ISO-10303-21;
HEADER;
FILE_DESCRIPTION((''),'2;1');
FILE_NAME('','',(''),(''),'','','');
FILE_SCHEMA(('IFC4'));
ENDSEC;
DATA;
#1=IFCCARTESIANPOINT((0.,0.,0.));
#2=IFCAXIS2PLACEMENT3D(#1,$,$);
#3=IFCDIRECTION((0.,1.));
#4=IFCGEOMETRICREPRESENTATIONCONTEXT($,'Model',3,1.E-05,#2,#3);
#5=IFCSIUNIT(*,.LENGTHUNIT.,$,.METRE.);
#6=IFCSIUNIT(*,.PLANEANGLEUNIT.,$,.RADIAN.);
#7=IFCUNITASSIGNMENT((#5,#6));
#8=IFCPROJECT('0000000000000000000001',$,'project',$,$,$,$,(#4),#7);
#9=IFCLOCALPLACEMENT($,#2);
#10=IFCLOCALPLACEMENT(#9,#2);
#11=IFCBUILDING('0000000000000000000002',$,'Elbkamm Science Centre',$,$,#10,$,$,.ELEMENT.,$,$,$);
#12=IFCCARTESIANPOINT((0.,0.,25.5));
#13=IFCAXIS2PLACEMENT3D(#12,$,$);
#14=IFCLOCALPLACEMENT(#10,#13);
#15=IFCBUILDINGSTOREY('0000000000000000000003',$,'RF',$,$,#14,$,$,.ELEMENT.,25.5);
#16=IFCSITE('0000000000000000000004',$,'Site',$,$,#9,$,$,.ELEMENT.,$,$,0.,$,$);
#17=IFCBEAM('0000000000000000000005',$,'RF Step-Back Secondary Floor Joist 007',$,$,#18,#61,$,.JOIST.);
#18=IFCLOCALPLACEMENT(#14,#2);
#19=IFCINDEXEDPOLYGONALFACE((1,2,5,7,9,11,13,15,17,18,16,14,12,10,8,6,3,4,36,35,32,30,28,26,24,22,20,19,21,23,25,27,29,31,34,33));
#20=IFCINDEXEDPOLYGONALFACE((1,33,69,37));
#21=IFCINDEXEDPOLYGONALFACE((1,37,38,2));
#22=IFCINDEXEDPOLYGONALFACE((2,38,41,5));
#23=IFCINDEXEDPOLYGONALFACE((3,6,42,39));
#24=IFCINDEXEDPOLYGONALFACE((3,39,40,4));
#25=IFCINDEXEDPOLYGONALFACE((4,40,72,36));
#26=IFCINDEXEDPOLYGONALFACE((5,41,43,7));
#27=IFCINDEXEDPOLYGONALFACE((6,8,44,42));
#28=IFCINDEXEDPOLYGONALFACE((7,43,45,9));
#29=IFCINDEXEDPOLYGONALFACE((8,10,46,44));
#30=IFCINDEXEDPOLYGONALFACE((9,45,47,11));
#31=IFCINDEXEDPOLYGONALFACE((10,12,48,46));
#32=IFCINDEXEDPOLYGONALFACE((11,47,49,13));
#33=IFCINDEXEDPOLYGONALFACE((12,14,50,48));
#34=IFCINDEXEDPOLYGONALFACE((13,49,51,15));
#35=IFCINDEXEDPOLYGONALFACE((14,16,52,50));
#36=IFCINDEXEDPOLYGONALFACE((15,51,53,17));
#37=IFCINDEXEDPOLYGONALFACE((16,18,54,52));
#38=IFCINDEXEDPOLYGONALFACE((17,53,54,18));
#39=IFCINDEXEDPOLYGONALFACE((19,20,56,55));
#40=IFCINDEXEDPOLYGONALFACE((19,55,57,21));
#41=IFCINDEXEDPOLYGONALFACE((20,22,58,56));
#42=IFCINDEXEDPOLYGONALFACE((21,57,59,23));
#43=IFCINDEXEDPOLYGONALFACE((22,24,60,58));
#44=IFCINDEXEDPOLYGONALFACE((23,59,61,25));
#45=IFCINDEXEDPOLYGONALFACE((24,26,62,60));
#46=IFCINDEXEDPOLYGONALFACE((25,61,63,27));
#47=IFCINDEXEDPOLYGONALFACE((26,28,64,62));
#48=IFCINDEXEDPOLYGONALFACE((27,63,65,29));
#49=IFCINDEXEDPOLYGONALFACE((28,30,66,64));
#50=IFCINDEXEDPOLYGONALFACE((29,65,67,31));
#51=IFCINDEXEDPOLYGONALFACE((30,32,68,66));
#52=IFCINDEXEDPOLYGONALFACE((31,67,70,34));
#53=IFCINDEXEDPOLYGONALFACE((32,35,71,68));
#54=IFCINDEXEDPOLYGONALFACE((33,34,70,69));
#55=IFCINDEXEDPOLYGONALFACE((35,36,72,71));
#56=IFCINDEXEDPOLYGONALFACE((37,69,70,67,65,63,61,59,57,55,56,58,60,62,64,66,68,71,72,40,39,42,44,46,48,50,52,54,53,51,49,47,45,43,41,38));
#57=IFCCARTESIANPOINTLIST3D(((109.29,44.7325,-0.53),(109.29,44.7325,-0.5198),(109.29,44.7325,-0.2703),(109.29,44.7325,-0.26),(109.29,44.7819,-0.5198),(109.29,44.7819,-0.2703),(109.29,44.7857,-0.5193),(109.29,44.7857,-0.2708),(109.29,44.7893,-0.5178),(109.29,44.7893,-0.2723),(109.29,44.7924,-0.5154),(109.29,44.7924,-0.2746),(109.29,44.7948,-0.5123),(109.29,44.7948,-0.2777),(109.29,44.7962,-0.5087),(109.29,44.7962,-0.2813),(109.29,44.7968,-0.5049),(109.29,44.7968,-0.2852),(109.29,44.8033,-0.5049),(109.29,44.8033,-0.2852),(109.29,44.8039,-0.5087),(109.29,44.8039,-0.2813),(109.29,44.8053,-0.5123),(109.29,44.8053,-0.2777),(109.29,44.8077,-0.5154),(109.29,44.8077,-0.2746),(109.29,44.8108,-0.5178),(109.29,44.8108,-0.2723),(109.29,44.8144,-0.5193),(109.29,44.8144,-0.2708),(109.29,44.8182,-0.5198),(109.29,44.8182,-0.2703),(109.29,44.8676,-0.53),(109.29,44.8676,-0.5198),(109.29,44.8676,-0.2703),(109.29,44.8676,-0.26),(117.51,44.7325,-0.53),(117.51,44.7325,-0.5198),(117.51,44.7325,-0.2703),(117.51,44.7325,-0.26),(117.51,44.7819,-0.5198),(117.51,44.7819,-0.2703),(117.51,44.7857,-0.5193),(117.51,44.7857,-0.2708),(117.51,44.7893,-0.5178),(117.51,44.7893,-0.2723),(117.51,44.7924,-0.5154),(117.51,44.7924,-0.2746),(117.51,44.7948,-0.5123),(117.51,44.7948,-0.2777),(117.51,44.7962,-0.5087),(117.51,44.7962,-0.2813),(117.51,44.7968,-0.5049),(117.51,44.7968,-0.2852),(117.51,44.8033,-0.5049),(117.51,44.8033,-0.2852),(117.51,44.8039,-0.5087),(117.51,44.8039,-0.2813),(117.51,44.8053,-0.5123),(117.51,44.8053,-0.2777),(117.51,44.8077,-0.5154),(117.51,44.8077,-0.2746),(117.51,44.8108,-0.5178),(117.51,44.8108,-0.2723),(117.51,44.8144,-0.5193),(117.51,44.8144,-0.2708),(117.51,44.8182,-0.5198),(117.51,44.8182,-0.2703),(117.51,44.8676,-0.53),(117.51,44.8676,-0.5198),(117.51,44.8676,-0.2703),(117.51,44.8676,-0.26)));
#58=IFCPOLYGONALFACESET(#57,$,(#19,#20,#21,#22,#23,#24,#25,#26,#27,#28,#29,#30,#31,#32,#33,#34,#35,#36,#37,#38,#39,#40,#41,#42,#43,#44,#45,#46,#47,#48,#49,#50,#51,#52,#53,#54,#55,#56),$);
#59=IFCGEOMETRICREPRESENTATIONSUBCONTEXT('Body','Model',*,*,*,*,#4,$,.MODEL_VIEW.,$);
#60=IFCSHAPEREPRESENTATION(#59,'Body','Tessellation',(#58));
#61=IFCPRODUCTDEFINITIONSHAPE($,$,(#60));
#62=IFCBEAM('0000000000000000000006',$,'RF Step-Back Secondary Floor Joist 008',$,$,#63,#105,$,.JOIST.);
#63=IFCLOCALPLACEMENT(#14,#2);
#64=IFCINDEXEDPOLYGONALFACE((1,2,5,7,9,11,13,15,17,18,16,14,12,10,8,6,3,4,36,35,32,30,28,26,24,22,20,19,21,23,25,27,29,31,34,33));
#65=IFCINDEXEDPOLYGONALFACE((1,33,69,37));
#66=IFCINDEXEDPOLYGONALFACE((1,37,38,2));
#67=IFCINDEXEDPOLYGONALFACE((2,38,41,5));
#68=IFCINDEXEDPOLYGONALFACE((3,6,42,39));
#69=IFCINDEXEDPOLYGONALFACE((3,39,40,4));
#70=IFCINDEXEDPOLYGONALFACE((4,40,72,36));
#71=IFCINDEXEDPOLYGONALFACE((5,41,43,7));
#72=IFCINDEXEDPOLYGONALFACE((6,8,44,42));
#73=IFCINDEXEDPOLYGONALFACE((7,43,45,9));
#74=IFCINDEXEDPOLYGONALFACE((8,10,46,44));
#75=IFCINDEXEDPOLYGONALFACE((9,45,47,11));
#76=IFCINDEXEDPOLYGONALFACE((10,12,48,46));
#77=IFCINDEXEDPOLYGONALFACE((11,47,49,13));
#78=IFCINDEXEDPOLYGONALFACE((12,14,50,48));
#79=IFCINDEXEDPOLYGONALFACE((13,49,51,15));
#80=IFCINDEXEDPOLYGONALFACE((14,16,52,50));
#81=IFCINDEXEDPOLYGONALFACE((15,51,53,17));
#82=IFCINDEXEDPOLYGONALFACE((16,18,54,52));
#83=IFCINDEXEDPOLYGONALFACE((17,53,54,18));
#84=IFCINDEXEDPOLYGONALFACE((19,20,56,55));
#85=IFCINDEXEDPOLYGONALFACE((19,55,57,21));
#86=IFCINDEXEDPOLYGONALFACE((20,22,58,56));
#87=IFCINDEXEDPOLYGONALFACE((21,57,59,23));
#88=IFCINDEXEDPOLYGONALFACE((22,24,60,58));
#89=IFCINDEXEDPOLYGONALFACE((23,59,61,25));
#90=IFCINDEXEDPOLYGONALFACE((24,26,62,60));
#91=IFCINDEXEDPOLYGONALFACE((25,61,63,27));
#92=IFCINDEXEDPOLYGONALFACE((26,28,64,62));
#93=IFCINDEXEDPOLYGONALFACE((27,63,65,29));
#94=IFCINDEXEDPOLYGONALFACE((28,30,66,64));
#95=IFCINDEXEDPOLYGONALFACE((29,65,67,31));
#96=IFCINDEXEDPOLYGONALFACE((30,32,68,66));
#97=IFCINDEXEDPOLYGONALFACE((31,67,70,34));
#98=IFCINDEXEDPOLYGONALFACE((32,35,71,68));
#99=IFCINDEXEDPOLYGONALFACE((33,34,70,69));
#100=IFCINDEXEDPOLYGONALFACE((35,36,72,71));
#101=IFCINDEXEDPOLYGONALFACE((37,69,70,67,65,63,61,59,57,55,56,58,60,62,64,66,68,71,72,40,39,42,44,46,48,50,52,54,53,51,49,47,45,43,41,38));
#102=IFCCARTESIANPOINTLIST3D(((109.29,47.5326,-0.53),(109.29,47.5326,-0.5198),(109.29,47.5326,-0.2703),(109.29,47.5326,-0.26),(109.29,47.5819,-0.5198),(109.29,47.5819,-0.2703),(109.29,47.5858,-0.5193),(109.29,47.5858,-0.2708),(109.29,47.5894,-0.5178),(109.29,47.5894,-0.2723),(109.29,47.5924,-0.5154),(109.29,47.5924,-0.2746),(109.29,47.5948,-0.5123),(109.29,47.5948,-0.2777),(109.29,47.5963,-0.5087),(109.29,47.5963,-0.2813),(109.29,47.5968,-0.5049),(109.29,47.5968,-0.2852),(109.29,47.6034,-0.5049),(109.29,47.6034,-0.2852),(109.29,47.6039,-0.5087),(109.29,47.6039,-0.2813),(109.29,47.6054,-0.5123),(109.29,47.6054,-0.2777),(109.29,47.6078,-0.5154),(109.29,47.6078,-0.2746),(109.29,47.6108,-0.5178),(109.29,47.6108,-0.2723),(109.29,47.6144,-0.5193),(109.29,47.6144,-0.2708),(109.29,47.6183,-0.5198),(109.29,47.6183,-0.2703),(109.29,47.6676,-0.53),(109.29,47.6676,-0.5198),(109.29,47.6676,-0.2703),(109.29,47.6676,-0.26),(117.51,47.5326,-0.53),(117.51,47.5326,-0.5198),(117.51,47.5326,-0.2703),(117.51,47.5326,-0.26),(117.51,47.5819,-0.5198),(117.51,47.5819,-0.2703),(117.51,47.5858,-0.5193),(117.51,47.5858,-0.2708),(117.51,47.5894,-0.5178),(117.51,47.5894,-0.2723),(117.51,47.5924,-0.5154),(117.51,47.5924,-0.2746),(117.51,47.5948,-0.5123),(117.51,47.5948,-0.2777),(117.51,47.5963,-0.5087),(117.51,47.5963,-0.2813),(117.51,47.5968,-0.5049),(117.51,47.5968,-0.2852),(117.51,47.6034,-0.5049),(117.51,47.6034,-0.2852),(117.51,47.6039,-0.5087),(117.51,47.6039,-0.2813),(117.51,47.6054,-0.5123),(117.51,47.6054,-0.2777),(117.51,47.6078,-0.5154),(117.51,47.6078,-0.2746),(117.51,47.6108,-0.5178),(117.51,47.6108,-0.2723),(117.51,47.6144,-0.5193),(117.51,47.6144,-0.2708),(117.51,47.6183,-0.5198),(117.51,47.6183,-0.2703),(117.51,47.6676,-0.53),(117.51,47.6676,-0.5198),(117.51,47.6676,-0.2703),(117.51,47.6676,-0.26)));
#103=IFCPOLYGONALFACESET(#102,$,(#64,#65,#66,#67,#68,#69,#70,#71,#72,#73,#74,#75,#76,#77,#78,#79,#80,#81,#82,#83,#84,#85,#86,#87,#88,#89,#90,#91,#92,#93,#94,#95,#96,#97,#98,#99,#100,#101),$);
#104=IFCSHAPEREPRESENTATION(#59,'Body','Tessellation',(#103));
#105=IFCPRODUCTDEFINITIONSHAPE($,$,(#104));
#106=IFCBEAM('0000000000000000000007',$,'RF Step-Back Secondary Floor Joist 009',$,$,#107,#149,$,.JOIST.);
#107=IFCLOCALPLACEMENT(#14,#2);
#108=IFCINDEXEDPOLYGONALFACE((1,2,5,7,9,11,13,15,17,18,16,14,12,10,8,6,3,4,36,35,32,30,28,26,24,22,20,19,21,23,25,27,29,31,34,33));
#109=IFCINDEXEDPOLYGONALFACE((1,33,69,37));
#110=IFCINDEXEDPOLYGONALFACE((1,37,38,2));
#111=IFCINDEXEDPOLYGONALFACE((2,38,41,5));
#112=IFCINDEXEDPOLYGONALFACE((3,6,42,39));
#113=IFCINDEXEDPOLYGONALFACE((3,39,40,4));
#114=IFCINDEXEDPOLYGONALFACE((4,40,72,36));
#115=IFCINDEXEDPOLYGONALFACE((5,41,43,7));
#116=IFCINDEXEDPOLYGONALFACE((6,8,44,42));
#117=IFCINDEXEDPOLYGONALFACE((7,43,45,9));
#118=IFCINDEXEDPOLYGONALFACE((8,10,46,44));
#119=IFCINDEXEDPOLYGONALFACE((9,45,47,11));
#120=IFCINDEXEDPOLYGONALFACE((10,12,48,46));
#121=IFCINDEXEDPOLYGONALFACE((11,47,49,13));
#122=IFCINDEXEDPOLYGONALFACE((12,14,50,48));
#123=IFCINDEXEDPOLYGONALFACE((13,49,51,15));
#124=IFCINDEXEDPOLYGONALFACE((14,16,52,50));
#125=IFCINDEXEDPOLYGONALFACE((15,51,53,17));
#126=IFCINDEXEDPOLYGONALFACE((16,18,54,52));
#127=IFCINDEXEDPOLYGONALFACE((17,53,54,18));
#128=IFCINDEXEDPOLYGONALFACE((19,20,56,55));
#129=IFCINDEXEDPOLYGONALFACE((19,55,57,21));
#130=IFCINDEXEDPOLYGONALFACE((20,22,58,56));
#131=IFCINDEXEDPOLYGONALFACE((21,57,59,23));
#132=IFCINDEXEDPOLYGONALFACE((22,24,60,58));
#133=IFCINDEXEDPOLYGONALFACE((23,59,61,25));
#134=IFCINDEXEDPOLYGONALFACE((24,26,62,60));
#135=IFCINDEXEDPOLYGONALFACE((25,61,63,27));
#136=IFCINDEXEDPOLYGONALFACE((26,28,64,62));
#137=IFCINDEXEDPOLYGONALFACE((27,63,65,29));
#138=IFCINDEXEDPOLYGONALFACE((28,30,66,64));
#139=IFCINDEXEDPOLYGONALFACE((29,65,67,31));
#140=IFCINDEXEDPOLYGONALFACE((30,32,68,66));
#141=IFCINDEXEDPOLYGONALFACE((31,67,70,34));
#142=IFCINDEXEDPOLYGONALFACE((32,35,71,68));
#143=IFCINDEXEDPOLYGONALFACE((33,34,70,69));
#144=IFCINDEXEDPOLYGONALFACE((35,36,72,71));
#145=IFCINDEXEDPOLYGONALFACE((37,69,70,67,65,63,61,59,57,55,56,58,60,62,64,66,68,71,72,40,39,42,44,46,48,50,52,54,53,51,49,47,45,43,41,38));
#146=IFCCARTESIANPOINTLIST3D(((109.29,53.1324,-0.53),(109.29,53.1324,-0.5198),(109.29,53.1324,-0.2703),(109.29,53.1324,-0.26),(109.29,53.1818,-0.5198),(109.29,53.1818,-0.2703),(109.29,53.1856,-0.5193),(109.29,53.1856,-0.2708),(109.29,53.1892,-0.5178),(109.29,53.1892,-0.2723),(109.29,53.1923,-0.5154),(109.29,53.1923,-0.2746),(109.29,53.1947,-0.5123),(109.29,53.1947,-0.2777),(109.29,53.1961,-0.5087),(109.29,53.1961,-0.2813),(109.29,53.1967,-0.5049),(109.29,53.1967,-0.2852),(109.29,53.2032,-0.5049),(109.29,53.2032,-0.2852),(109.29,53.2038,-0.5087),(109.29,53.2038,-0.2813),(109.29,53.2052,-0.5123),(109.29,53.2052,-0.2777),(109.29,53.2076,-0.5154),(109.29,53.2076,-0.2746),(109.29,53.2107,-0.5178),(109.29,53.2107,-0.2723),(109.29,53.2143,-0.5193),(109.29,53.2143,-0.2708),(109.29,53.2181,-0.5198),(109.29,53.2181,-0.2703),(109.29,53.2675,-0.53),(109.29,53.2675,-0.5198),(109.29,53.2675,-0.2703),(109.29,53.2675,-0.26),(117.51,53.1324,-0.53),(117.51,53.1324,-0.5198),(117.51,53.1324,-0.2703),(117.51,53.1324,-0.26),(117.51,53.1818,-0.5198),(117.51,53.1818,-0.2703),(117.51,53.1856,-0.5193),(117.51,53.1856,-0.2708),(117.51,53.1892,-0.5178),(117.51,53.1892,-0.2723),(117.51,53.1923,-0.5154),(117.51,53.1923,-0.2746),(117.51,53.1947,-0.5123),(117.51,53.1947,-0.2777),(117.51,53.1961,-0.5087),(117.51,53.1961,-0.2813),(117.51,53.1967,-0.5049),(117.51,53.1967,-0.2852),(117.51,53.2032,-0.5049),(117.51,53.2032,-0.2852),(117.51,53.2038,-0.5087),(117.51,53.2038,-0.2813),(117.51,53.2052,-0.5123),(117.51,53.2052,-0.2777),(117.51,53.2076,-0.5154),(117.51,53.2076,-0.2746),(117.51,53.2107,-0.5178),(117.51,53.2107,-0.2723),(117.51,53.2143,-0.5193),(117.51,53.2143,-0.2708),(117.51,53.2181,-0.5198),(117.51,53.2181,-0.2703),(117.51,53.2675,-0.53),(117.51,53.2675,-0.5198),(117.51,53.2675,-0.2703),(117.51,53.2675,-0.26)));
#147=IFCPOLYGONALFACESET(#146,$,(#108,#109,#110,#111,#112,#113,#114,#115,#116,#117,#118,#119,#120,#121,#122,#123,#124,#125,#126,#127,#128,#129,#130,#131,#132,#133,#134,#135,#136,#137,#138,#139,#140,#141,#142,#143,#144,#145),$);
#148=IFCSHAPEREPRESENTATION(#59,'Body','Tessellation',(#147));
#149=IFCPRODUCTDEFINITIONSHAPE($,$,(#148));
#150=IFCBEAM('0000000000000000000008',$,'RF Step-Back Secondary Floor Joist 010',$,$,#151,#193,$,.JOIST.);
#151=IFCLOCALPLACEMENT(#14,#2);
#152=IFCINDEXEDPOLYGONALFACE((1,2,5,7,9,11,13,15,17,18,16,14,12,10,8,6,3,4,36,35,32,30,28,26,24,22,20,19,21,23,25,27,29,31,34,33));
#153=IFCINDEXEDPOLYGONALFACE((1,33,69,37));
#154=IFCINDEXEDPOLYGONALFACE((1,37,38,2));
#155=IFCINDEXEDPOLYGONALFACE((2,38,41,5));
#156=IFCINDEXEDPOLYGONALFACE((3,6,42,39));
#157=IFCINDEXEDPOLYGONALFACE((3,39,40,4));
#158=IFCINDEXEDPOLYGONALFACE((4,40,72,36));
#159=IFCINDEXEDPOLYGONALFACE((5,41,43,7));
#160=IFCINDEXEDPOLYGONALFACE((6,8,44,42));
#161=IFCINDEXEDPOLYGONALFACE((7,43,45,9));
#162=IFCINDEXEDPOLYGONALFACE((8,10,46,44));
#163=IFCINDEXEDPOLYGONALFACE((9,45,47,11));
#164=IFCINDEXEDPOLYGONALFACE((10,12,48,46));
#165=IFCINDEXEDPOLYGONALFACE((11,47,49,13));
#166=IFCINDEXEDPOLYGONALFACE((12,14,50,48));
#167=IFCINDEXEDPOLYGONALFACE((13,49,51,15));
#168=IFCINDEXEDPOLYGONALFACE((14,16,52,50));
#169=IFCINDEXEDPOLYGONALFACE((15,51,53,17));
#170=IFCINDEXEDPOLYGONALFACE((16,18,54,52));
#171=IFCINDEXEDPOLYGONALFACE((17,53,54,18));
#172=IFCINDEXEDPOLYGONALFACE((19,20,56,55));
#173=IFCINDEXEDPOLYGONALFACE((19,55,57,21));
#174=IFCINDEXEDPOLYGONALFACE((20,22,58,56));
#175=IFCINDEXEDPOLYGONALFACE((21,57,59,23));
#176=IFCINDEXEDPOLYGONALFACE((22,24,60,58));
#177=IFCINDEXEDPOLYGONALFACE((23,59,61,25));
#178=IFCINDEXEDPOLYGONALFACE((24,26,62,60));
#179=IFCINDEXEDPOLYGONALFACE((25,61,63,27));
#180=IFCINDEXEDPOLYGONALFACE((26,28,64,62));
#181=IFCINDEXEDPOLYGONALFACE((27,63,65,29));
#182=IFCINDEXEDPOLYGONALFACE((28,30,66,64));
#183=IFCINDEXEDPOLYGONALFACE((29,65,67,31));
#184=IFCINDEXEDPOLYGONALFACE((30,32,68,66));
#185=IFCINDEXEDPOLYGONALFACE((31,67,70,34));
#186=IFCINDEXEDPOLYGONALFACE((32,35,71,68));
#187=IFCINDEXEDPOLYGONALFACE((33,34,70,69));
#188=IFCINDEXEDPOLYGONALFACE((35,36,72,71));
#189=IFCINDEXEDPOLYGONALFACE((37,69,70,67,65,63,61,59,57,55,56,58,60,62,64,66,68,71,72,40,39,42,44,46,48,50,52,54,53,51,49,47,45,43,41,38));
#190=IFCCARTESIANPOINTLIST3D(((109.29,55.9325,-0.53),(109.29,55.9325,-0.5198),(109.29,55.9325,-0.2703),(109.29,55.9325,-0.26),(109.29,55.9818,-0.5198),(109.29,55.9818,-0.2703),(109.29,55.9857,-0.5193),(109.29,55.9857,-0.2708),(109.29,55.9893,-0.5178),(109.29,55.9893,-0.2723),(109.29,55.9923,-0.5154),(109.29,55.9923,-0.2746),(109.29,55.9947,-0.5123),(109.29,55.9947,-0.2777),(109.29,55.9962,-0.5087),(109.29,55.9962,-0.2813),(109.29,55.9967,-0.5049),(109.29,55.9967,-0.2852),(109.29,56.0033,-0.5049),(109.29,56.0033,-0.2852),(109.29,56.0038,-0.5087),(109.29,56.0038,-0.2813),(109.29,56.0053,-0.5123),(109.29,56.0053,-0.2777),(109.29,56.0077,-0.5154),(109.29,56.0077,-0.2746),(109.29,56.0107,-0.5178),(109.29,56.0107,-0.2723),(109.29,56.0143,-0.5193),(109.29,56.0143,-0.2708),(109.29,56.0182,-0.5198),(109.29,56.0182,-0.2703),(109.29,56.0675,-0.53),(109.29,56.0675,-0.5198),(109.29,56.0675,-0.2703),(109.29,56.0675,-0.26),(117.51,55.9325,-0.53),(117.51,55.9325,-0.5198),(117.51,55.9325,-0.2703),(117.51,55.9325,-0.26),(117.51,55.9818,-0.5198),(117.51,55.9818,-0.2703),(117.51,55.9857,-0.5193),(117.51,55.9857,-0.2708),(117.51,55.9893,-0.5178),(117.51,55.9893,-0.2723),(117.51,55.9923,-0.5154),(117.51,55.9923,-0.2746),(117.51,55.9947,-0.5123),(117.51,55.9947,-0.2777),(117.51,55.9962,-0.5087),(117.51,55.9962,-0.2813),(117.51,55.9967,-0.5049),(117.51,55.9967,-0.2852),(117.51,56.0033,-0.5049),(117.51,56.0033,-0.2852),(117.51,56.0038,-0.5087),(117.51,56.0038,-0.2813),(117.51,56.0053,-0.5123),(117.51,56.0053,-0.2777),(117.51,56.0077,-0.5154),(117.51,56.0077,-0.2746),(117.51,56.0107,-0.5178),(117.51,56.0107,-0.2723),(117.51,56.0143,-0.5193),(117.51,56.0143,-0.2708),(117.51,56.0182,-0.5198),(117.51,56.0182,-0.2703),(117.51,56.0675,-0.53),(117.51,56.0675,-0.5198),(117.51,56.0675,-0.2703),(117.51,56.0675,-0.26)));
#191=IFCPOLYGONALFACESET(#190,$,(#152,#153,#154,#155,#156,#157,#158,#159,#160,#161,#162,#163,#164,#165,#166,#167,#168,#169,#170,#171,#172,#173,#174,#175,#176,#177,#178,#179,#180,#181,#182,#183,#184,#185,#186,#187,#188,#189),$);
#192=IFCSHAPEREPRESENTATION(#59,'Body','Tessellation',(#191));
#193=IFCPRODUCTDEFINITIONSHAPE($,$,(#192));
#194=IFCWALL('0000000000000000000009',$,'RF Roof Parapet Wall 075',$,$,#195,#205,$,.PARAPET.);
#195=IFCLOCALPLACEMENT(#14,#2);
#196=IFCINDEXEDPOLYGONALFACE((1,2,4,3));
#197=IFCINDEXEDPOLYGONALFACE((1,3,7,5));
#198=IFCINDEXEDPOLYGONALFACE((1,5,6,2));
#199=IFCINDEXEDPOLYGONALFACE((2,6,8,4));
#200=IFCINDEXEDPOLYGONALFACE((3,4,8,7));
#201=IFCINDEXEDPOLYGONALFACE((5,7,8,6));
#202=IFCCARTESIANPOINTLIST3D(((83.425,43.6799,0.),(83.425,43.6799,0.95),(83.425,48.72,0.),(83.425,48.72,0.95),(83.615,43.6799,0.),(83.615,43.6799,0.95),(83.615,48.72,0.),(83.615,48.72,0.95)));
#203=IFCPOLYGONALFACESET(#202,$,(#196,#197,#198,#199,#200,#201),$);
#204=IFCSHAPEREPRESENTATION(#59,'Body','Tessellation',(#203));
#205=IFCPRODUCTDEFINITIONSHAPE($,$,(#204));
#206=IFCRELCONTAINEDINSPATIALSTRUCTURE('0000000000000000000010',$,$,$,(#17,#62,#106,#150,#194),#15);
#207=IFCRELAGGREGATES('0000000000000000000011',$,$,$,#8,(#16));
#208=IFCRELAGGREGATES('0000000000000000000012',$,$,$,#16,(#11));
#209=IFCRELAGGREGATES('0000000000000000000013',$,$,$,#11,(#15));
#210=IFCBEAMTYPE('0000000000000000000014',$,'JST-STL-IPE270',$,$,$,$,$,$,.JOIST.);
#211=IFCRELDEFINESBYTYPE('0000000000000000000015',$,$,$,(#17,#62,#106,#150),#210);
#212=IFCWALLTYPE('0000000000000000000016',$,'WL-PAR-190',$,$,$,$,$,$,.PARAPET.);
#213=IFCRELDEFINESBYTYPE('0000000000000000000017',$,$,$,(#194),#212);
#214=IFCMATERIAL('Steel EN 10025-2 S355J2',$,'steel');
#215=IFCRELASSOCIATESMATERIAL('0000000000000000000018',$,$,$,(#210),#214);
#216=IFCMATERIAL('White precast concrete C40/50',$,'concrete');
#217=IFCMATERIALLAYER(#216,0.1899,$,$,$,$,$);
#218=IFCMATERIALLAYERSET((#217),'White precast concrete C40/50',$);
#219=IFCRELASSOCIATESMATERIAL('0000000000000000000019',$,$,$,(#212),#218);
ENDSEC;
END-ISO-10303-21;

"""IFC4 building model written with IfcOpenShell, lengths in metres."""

from ifc_helpers import new_model, si_unit, direction, frame, frame_2d, origin, origin_2d, place, context, subcontext, project, spatial, rectangle, i_section, extrude, material, layer, layer_set, material_profile, profile_set, type_object, element, save


model = new_model("IFC4")

# Units and contexts
model_context = context("Model", 3, precision=1e-05, world=origin(), true_north=direction((0.0, 1.0)))
body_context = subcontext(model_context, "Body", "Model", "MODEL_VIEW")
ifc_project = project(units=[si_unit("LENGTHUNIT", "METRE"), si_unit("PLANEANGLEUNIT", "RADIAN")], contexts=[model_context])

# Site, building, storey
site_placement = place(None, origin())
site = spatial("IfcSite", under=ifc_project, at=site_placement, Name="Site", CompositionType="ELEMENT", RefElevation=0.0)
building_placement = place(site_placement, origin())
building = spatial("IfcBuilding", under=site, at=building_placement, Name="Elbkamm Science Centre", CompositionType="ELEMENT")
storey_placement = place(building_placement, frame((0.0, 0.0, 25.5)))
storey = spatial("IfcBuildingStorey", under=building, at=storey_placement, Name="RF", CompositionType="ELEMENT", Elevation=25.5)

# Beams
ifc_material_1 = material(Name="Steel EN 10025-2 S355J2", Category="steel")
ifc_material_profile_1 = material_profile(ifc_material_1, i_section(OverallWidth=0.135, OverallDepth=0.27, WebThickness=0.0066, FlangeThickness=0.0103, FilletRadius=0.0149, at=origin_2d()), Name="IPE 270")
ifc_profile_set_1 = profile_set([ifc_material_profile_1], Name="Steel EN 10025-2 S355J2")
beam_type_1 = type_object("IfcBeamType", Name="JST-STL-IPE270", PredefinedType="JOIST", material=ifc_profile_set_1)
for number, where, z_axis, x_axis, name in (
    (1, (109.29, 44.8, -0.395), (1.0, 0.0, 0.0), (0.0, 1.0, 0.0), "RF Step-Back Secondary Floor Joist 007"),
    (2, (109.29, 47.6001, -0.395), (1.0, 0.0, 0.0), (0.0, 1.0, 0.0), "RF Step-Back Secondary Floor Joist 008"),
    (3, (109.29, 53.2, -0.395), (1.0, 0.0, 0.0), (0.0, 1.0, 0.0), "RF Step-Back Secondary Floor Joist 009"),
    (4, (109.29, 56.0, -0.395), (1.0, 0.0, 0.0), (0.0, 1.0, 0.0), "RF Step-Back Secondary Floor Joist 010"),
):
    element("IfcBeam", number, at=place(storey_placement, frame(where, z_axis=z_axis, x_axis=x_axis)), inside=storey, type_object=beam_type_1, Name=name, PredefinedType="JOIST", context=body_context, shape_type="SweptSolid", body=[
        extrude(i_section(OverallWidth=0.135, OverallDepth=0.27, WebThickness=0.0066, FlangeThickness=0.0103, FilletRadius=0.0149, at=origin_2d()), origin(), (0.0, 0.0, 1.0), 8.22),
    ])

# Wall
ifc_material_2 = material(Name="White precast concrete C40/50", Category="concrete")
ifc_layer_1 = layer(ifc_material_2, 0.1899)
ifc_layer_set_1 = layer_set([ifc_layer_1], Name="White precast concrete C40/50")
wall_type_1 = type_object("IfcWallType", Name="WL-PAR-190", PredefinedType="PARAPET", material=ifc_layer_set_1)
wall_1_placement = place(storey_placement, frame((83.52, 43.6799, 0.0), z_axis=(0.0, 0.0, 1.0), x_axis=(0.0, 1.0, 0.0)))
element("IfcWall", 5, at=wall_1_placement, inside=storey, type_object=wall_type_1, Name="RF Roof Parapet Wall 075", PredefinedType="PARAPET", context=body_context, shape_type="SweptSolid", body=[
    extrude(rectangle(XDim=5.04, YDim=0.1899, at=frame_2d((2.52, 0.0))), origin(), (0.0, 0.0, 1.0), 0.95),
])

save(model, "model.ifc")
